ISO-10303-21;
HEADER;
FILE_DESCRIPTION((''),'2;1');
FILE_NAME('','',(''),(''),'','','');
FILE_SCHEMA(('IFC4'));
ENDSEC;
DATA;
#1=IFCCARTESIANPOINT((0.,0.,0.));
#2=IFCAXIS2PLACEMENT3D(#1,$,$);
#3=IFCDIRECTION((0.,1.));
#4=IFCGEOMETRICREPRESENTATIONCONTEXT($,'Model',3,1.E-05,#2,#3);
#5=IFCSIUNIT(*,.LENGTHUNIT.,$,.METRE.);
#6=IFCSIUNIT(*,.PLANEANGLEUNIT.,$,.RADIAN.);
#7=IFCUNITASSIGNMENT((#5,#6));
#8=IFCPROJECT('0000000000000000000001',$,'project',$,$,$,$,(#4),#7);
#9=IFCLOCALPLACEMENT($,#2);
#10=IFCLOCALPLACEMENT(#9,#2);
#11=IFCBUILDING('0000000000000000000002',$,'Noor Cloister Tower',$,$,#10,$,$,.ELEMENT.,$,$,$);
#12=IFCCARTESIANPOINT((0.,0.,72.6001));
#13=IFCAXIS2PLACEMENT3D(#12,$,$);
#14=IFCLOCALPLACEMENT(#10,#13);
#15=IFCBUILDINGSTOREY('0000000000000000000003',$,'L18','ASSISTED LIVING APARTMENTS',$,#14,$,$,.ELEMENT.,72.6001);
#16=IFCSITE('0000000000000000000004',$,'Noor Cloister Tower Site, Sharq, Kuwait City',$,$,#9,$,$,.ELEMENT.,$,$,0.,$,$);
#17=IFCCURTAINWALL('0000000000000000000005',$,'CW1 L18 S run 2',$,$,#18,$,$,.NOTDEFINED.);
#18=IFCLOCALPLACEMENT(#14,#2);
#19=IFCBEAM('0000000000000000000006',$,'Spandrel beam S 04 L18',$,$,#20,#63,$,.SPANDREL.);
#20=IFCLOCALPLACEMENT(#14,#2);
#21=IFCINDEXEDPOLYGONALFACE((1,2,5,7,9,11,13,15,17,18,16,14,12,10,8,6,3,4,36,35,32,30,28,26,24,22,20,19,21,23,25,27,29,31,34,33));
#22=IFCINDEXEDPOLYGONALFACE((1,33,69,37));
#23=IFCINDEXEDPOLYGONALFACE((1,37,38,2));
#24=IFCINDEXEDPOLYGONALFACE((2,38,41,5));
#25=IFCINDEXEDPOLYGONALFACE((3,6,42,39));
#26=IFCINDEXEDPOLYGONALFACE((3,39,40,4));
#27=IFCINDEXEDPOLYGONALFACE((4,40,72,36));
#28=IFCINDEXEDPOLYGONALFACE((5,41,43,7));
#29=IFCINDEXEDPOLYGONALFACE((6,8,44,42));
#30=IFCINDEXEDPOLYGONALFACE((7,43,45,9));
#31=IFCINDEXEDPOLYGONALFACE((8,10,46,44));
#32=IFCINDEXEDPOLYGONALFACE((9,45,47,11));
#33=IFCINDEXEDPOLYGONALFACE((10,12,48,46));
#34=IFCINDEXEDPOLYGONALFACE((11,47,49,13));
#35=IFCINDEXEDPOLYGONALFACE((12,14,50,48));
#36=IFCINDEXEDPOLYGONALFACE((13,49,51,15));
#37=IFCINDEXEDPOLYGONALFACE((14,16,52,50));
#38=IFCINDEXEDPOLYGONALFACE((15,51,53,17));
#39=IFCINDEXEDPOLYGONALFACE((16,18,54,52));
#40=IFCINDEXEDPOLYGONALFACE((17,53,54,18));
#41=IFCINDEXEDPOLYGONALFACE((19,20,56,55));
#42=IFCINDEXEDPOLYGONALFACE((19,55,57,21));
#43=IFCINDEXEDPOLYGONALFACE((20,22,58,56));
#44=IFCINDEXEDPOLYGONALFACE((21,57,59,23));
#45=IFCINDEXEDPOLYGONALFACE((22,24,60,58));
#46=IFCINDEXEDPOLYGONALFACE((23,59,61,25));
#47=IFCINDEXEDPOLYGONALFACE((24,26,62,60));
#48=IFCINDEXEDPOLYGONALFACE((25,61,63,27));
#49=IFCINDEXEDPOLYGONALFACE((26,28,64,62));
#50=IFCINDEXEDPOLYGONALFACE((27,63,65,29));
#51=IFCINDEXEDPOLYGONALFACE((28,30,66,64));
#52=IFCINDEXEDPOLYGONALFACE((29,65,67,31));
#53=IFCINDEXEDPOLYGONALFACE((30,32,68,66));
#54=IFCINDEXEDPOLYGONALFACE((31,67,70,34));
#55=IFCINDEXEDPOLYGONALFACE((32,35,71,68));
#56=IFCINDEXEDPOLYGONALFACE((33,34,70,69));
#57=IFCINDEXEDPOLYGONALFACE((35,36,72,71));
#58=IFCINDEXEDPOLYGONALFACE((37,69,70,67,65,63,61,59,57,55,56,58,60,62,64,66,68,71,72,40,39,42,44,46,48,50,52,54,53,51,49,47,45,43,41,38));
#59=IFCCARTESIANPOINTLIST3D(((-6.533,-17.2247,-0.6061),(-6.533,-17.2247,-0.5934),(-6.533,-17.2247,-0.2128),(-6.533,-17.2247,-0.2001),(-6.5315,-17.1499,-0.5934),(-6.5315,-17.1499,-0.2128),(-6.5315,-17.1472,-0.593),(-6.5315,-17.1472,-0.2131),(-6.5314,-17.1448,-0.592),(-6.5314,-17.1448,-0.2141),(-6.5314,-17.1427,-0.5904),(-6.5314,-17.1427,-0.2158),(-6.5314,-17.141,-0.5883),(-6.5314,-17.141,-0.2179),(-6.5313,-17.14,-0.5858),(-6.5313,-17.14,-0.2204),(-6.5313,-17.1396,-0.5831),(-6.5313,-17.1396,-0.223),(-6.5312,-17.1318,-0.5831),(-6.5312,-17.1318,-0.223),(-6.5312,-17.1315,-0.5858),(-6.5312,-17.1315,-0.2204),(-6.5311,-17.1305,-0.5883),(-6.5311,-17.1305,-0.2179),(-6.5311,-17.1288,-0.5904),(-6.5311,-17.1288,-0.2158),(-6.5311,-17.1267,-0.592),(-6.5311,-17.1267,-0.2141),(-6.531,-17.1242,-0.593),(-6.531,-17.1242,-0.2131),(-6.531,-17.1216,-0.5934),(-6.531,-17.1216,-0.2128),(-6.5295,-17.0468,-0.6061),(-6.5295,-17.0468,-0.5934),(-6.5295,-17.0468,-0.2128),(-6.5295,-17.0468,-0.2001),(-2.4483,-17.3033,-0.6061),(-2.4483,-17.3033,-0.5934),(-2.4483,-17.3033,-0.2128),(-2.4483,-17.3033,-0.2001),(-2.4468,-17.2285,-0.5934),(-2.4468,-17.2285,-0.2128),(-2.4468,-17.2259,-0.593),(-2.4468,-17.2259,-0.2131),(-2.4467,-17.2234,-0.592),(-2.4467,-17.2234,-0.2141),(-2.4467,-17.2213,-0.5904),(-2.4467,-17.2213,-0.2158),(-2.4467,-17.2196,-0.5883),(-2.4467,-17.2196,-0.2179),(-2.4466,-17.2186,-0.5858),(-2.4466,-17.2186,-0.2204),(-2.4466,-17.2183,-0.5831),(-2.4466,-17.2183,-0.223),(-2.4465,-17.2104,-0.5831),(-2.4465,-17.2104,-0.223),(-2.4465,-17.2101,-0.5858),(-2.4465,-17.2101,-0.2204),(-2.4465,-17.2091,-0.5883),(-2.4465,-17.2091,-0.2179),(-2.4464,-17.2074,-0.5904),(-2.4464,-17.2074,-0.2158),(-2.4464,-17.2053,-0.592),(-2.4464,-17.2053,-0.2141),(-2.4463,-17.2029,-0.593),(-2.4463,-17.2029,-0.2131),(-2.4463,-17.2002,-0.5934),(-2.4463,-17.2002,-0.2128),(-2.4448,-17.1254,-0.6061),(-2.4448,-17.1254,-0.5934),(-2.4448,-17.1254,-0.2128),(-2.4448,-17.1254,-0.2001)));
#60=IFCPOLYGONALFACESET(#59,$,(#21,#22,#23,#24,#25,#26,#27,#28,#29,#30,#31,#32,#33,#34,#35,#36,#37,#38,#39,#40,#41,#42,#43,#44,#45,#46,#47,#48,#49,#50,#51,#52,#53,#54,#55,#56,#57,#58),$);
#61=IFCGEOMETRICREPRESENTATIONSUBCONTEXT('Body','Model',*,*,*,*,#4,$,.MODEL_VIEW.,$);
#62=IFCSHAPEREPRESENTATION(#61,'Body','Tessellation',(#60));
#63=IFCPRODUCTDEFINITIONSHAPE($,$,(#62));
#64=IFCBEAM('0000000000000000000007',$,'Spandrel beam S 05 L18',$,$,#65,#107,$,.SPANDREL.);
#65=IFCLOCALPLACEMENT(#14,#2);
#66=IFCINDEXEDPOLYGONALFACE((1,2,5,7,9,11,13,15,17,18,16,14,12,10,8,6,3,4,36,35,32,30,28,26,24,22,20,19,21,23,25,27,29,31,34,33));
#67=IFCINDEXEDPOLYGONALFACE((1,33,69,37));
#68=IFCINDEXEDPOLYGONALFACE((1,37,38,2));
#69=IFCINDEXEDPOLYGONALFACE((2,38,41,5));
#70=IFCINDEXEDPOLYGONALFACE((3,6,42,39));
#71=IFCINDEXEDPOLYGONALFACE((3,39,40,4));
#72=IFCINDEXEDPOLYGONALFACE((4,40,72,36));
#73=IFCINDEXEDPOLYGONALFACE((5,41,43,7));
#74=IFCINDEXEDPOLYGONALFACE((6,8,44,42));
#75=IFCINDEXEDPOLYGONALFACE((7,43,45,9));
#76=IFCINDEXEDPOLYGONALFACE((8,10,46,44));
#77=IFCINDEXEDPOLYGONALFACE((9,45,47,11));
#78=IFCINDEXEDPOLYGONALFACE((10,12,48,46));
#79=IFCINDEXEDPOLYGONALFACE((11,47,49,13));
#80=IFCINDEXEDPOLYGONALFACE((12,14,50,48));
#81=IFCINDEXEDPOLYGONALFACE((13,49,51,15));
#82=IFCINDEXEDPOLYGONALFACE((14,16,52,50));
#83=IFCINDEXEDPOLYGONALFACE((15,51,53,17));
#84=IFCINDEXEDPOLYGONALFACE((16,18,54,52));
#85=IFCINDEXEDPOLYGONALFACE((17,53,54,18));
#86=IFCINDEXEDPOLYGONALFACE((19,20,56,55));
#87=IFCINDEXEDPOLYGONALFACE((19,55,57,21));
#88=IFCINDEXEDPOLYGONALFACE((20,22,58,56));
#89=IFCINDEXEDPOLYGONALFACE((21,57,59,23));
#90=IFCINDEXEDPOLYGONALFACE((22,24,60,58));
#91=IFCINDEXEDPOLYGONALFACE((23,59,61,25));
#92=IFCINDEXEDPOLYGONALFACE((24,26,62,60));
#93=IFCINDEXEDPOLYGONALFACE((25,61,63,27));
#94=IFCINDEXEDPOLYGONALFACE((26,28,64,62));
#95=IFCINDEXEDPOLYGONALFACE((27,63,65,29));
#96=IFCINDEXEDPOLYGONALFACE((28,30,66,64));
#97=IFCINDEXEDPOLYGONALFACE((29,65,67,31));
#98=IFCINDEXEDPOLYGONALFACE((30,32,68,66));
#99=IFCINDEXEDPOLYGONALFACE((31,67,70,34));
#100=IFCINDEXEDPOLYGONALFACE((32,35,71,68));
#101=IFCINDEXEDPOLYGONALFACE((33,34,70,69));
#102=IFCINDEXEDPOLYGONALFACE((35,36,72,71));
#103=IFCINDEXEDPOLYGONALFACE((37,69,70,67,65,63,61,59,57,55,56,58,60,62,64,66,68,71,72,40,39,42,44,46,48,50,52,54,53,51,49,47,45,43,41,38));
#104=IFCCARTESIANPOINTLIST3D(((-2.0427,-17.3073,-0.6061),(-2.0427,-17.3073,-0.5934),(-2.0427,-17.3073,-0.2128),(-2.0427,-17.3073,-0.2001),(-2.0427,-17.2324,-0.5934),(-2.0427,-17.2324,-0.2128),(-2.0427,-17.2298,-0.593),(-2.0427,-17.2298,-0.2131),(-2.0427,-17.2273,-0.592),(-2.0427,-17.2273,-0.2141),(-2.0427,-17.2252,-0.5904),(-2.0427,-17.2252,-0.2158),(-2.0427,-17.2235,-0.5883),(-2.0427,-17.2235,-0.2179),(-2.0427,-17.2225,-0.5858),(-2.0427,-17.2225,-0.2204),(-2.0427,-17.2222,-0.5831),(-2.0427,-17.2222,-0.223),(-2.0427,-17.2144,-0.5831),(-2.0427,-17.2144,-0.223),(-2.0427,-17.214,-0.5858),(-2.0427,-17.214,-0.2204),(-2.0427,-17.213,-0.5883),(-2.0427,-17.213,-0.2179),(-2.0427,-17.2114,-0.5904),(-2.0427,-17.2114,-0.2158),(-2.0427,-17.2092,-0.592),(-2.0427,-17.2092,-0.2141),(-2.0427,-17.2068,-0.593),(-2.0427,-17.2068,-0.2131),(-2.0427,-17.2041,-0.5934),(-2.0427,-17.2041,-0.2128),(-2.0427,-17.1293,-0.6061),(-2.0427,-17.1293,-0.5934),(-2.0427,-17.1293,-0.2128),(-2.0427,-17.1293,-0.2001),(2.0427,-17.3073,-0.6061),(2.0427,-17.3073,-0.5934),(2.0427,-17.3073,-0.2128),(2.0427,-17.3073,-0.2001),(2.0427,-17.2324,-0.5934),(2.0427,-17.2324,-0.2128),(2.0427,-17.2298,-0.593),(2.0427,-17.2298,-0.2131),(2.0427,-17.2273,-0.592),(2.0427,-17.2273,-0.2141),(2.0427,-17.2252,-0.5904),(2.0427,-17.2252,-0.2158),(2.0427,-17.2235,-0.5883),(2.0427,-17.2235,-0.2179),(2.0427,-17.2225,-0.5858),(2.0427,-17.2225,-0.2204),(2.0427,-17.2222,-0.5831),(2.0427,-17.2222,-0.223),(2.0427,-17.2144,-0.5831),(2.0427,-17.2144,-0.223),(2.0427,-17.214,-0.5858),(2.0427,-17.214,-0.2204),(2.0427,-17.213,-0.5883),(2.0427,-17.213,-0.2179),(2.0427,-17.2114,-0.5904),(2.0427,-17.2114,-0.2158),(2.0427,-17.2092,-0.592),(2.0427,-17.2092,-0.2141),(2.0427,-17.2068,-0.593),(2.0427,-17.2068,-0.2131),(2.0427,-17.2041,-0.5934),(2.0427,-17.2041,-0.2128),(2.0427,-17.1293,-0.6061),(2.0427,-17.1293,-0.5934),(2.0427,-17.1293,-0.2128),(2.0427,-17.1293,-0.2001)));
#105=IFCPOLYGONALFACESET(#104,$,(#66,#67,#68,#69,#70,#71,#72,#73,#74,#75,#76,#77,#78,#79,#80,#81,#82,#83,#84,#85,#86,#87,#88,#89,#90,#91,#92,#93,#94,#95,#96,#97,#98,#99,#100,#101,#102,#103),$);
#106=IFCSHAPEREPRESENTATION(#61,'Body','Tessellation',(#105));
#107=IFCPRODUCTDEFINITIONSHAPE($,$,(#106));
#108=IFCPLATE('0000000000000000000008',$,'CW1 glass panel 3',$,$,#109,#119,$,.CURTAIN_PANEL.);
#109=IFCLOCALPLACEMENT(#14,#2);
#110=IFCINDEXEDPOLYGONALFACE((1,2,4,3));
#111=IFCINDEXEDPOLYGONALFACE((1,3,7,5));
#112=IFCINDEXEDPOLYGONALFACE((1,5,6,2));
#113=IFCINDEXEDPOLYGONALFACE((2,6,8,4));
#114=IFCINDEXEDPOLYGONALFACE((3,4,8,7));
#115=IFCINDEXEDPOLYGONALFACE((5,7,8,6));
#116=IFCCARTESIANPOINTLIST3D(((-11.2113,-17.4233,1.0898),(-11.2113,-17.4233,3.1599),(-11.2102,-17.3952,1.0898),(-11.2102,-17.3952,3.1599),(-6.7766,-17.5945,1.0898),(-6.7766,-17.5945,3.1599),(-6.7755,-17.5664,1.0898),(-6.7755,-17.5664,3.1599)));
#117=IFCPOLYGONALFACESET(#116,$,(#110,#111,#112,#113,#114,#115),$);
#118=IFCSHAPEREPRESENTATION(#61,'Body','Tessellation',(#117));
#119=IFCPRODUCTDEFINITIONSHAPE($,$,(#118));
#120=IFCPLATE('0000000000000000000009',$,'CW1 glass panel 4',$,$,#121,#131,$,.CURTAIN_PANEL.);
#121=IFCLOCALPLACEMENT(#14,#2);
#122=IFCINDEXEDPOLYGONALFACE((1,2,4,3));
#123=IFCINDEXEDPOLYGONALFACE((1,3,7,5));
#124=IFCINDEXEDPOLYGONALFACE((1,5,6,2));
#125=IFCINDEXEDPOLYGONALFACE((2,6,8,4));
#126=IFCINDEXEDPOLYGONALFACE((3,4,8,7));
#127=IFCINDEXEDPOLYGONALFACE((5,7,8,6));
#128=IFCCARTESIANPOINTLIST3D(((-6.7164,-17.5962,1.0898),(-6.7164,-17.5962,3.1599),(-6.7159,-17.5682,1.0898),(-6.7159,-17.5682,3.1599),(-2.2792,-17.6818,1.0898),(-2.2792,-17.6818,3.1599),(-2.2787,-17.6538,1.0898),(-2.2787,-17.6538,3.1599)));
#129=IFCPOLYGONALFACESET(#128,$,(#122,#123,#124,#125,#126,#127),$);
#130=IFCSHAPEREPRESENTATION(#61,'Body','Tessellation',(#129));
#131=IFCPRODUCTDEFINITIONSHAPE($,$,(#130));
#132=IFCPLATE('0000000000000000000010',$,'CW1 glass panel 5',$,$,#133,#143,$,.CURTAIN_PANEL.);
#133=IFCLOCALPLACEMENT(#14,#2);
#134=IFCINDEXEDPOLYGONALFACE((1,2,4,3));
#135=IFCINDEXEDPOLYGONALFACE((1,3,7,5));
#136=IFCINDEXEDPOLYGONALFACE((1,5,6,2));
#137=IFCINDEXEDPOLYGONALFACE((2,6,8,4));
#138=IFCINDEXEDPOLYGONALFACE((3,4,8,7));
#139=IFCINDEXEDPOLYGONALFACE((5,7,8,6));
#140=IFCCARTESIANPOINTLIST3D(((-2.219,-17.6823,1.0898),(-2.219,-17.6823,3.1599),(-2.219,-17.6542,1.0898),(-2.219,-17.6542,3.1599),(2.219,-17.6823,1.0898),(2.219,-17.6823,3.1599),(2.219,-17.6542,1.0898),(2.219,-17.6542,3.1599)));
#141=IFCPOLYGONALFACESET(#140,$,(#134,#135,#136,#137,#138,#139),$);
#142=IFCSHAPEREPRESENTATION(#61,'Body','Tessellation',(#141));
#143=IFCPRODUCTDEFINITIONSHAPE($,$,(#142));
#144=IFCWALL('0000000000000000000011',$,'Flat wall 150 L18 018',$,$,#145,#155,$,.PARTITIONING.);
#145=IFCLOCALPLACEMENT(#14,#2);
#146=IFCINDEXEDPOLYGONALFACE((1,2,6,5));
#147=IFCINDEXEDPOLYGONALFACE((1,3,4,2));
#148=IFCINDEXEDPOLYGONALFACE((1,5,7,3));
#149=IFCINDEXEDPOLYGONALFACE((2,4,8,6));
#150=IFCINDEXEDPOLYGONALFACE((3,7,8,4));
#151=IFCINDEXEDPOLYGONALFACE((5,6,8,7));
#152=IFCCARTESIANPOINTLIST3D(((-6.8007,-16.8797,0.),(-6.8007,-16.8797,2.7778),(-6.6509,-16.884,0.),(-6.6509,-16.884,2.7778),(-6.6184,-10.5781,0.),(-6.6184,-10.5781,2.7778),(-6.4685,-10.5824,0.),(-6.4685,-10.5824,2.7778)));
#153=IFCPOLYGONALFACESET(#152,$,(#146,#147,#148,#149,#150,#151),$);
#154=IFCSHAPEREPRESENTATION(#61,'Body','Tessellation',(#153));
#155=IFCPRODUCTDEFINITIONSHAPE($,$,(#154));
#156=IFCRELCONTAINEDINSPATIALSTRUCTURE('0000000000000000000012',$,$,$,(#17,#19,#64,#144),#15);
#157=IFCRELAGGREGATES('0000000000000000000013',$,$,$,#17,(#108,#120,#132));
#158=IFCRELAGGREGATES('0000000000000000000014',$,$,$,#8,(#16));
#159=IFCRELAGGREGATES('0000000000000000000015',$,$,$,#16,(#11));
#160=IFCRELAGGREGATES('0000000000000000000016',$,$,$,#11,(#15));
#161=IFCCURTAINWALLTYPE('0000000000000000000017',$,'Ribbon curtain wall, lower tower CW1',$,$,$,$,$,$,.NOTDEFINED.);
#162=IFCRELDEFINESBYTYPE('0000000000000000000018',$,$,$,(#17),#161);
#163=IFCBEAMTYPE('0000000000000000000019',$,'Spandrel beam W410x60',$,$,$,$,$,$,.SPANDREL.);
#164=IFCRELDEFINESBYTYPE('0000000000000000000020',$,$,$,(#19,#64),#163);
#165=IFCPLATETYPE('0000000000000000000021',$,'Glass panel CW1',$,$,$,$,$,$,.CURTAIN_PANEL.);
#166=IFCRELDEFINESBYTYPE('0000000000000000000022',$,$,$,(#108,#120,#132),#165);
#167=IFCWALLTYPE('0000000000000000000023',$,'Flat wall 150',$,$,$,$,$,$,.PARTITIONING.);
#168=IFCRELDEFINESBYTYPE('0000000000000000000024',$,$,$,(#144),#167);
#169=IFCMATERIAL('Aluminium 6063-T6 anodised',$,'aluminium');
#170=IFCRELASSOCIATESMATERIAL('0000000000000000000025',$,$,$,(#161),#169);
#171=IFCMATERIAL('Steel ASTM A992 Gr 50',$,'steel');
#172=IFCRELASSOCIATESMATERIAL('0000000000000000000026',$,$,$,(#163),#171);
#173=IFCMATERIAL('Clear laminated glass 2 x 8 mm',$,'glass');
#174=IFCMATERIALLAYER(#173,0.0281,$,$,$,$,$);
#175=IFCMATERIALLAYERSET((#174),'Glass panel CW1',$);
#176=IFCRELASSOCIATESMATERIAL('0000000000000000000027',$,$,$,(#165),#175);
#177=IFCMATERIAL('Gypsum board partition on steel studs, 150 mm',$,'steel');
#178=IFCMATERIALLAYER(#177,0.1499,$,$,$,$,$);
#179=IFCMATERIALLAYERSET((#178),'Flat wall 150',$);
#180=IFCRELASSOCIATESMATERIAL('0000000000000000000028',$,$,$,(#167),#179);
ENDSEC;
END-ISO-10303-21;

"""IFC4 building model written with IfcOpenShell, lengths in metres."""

from ifc_helpers import new_model, si_unit, direction, frame, frame_2d, origin, origin_2d, place, context, subcontext, project, spatial, rectangle, i_section, extrude, material, layer, layer_set, material_profile, profile_set, type_object, element, aggregate, save


model = new_model("IFC4")

# Units and contexts
model_context = context("Model", 3, precision=1e-05, world=origin(), true_north=direction((0.0, 1.0)))
body_context = subcontext(model_context, "Body", "Model", "MODEL_VIEW")
ifc_project = project(units=[si_unit("LENGTHUNIT", "METRE"), si_unit("PLANEANGLEUNIT", "RADIAN")], contexts=[model_context])

# Site, building, storey
site_placement = place(None, origin())
site = spatial("IfcSite", under=ifc_project, at=site_placement, Name="Noor Cloister Tower Site, Sharq, Kuwait City", CompositionType="ELEMENT", RefElevation=0.0)
building_placement = place(site_placement, origin())
building = spatial("IfcBuilding", under=site, at=building_placement, Name="Noor Cloister Tower", CompositionType="ELEMENT")
storey_placement = place(building_placement, frame((0.0, 0.0, 72.6001)))
storey = spatial("IfcBuildingStorey", under=building, at=storey_placement, Name="L18", Description="ASSISTED LIVING APARTMENTS", CompositionType="ELEMENT", Elevation=72.6001)

# Curtain wall
ifc_material_1 = material(Name="Aluminium 6063-T6 anodised", Category="aluminium")
curtain_wall_type = type_object("IfcCurtainWallType", Name="Ribbon curtain wall, lower tower CW1", PredefinedType="NOTDEFINED", material=ifc_material_1)
curtain_wall_placement = place(storey_placement, origin())
curtain_wall = element("IfcCurtainWall", 1, at=curtain_wall_placement, inside=storey, type_object=curtain_wall_type, Name="CW1 L18 S run 2", PredefinedType="NOTDEFINED")

# Beams
ifc_material_2 = material(Name="Steel ASTM A992 Gr 50", Category="steel")
ifc_material_profile_1 = material_profile(ifc_material_2, i_section(OverallWidth=0.178, OverallDepth=0.406, WebThickness=0.0078, FlangeThickness=0.0127, FilletRadius=0.0103, at=origin_2d()), Name="W410x60")
ifc_profile_set_1 = profile_set([ifc_material_profile_1], Name="Steel ASTM A992 Gr 50")
beam_type_1 = type_object("IfcBeamType", Name="Spandrel beam W410x60", PredefinedType="SPANDREL", material=ifc_profile_set_1)
for number, where, z_axis, x_axis, name in (
    (2, (-6.5312, -17.1357, -0.4031), (0.999815, -0.019242, 0.0), (0.019242, 0.999815, 0.0), "Spandrel beam S 04 L18"),
    (3, (-2.0427, -17.2183, -0.4031), (1.0, 0.0, 0.0), (0.0, 1.0, 0.0), "Spandrel beam S 05 L18"),
):
    element("IfcBeam", number, at=place(storey_placement, frame(where, z_axis=z_axis, x_axis=x_axis)), inside=storey, type_object=beam_type_1, Name=name, PredefinedType="SPANDREL", context=body_context, shape_type="SweptSolid", body=[
        extrude(i_section(OverallWidth=0.178, OverallDepth=0.406, WebThickness=0.0078, FlangeThickness=0.0127, FilletRadius=0.0103, at=origin_2d()), origin(), (0.0, 0.0, 1.0), 4.0854),
    ])

# Plates
ifc_material_3 = material(Name="Clear laminated glass 2 x 8 mm", Category="glass")
ifc_layer_1 = layer(ifc_material_3, 0.0281)
ifc_layer_set_1 = layer_set([ifc_layer_1], Name="Glass panel CW1")
plate_type = type_object("IfcPlateType", Name="Glass panel CW1", PredefinedType="CURTAIN_PANEL", material=ifc_layer_set_1)
plate_1_placement = place(storey_placement, frame((-8.9934, -17.4949, 1.0898), z_axis=(0.0, 0.0, 1.0), x_axis=(0.999256, -0.038575, 0.0)))
plate_1 = element("IfcPlate", 4, at=plate_1_placement, type_object=plate_type, Name="CW1 glass panel 3", PredefinedType="CURTAIN_PANEL", context=body_context, shape_type="SweptSolid", body=[
    extrude(rectangle(XDim=4.438, YDim=0.0281, at=origin_2d()), origin(), (0.0, 0.0, 1.0), 2.0701),
])
plate_2_placement = place(storey_placement, frame((-4.4976, -17.625, 1.0898), z_axis=(0.0, 0.0, 1.0), x_axis=(0.999814, -0.019291, 0.0)))
plate_2 = element("IfcPlate", 5, at=plate_2_placement, type_object=plate_type, Name="CW1 glass panel 4", PredefinedType="CURTAIN_PANEL", context=body_context, shape_type="SweptSolid", body=[
    extrude(rectangle(XDim=4.438, YDim=0.0281, at=origin_2d()), origin(), (0.0, 0.0, 1.0), 2.0701),
])
plate_3_placement = place(storey_placement, frame((0.0, -17.6682, 1.0898), z_axis=(0.0, 0.0, 1.0), x_axis=(1.0, 0.0, 0.0)))
plate_3 = element("IfcPlate", 6, at=plate_3_placement, type_object=plate_type, Name="CW1 glass panel 5", PredefinedType="CURTAIN_PANEL", context=body_context, shape_type="SweptSolid", body=[
    extrude(rectangle(XDim=4.438, YDim=0.0281, at=origin_2d()), origin(), (0.0, 0.0, 1.0), 2.0701),
])
aggregate(curtain_wall, [plate_1, plate_2, plate_3])

# Wall
ifc_material_4 = material(Name="Gypsum board partition on steel studs, 150 mm", Category="steel")
ifc_layer_2 = layer(ifc_material_4, 0.1499)
ifc_layer_set_2 = layer_set([ifc_layer_2], Name="Flat wall 150")
wall_type = type_object("IfcWallType", Name="Flat wall 150", PredefinedType="PARTITIONING", material=ifc_layer_set_2)
wall_placement = place(storey_placement, frame((-6.7258, -16.8818, 0.0), z_axis=(0.0, 0.0, 1.0), x_axis=(0.028929, 0.999581, 0.0)))
element("IfcWall", 7, at=wall_placement, inside=storey, type_object=wall_type, Name="Flat wall 150 L18 018", PredefinedType="PARTITIONING", context=body_context, shape_type="SweptSolid", body=[
    extrude(rectangle(XDim=6.3042, YDim=0.1499, at=frame_2d((3.1521, 0.0))), origin(), (0.0, 0.0, 1.0), 2.7778),
])

save(model, "model.ifc")
